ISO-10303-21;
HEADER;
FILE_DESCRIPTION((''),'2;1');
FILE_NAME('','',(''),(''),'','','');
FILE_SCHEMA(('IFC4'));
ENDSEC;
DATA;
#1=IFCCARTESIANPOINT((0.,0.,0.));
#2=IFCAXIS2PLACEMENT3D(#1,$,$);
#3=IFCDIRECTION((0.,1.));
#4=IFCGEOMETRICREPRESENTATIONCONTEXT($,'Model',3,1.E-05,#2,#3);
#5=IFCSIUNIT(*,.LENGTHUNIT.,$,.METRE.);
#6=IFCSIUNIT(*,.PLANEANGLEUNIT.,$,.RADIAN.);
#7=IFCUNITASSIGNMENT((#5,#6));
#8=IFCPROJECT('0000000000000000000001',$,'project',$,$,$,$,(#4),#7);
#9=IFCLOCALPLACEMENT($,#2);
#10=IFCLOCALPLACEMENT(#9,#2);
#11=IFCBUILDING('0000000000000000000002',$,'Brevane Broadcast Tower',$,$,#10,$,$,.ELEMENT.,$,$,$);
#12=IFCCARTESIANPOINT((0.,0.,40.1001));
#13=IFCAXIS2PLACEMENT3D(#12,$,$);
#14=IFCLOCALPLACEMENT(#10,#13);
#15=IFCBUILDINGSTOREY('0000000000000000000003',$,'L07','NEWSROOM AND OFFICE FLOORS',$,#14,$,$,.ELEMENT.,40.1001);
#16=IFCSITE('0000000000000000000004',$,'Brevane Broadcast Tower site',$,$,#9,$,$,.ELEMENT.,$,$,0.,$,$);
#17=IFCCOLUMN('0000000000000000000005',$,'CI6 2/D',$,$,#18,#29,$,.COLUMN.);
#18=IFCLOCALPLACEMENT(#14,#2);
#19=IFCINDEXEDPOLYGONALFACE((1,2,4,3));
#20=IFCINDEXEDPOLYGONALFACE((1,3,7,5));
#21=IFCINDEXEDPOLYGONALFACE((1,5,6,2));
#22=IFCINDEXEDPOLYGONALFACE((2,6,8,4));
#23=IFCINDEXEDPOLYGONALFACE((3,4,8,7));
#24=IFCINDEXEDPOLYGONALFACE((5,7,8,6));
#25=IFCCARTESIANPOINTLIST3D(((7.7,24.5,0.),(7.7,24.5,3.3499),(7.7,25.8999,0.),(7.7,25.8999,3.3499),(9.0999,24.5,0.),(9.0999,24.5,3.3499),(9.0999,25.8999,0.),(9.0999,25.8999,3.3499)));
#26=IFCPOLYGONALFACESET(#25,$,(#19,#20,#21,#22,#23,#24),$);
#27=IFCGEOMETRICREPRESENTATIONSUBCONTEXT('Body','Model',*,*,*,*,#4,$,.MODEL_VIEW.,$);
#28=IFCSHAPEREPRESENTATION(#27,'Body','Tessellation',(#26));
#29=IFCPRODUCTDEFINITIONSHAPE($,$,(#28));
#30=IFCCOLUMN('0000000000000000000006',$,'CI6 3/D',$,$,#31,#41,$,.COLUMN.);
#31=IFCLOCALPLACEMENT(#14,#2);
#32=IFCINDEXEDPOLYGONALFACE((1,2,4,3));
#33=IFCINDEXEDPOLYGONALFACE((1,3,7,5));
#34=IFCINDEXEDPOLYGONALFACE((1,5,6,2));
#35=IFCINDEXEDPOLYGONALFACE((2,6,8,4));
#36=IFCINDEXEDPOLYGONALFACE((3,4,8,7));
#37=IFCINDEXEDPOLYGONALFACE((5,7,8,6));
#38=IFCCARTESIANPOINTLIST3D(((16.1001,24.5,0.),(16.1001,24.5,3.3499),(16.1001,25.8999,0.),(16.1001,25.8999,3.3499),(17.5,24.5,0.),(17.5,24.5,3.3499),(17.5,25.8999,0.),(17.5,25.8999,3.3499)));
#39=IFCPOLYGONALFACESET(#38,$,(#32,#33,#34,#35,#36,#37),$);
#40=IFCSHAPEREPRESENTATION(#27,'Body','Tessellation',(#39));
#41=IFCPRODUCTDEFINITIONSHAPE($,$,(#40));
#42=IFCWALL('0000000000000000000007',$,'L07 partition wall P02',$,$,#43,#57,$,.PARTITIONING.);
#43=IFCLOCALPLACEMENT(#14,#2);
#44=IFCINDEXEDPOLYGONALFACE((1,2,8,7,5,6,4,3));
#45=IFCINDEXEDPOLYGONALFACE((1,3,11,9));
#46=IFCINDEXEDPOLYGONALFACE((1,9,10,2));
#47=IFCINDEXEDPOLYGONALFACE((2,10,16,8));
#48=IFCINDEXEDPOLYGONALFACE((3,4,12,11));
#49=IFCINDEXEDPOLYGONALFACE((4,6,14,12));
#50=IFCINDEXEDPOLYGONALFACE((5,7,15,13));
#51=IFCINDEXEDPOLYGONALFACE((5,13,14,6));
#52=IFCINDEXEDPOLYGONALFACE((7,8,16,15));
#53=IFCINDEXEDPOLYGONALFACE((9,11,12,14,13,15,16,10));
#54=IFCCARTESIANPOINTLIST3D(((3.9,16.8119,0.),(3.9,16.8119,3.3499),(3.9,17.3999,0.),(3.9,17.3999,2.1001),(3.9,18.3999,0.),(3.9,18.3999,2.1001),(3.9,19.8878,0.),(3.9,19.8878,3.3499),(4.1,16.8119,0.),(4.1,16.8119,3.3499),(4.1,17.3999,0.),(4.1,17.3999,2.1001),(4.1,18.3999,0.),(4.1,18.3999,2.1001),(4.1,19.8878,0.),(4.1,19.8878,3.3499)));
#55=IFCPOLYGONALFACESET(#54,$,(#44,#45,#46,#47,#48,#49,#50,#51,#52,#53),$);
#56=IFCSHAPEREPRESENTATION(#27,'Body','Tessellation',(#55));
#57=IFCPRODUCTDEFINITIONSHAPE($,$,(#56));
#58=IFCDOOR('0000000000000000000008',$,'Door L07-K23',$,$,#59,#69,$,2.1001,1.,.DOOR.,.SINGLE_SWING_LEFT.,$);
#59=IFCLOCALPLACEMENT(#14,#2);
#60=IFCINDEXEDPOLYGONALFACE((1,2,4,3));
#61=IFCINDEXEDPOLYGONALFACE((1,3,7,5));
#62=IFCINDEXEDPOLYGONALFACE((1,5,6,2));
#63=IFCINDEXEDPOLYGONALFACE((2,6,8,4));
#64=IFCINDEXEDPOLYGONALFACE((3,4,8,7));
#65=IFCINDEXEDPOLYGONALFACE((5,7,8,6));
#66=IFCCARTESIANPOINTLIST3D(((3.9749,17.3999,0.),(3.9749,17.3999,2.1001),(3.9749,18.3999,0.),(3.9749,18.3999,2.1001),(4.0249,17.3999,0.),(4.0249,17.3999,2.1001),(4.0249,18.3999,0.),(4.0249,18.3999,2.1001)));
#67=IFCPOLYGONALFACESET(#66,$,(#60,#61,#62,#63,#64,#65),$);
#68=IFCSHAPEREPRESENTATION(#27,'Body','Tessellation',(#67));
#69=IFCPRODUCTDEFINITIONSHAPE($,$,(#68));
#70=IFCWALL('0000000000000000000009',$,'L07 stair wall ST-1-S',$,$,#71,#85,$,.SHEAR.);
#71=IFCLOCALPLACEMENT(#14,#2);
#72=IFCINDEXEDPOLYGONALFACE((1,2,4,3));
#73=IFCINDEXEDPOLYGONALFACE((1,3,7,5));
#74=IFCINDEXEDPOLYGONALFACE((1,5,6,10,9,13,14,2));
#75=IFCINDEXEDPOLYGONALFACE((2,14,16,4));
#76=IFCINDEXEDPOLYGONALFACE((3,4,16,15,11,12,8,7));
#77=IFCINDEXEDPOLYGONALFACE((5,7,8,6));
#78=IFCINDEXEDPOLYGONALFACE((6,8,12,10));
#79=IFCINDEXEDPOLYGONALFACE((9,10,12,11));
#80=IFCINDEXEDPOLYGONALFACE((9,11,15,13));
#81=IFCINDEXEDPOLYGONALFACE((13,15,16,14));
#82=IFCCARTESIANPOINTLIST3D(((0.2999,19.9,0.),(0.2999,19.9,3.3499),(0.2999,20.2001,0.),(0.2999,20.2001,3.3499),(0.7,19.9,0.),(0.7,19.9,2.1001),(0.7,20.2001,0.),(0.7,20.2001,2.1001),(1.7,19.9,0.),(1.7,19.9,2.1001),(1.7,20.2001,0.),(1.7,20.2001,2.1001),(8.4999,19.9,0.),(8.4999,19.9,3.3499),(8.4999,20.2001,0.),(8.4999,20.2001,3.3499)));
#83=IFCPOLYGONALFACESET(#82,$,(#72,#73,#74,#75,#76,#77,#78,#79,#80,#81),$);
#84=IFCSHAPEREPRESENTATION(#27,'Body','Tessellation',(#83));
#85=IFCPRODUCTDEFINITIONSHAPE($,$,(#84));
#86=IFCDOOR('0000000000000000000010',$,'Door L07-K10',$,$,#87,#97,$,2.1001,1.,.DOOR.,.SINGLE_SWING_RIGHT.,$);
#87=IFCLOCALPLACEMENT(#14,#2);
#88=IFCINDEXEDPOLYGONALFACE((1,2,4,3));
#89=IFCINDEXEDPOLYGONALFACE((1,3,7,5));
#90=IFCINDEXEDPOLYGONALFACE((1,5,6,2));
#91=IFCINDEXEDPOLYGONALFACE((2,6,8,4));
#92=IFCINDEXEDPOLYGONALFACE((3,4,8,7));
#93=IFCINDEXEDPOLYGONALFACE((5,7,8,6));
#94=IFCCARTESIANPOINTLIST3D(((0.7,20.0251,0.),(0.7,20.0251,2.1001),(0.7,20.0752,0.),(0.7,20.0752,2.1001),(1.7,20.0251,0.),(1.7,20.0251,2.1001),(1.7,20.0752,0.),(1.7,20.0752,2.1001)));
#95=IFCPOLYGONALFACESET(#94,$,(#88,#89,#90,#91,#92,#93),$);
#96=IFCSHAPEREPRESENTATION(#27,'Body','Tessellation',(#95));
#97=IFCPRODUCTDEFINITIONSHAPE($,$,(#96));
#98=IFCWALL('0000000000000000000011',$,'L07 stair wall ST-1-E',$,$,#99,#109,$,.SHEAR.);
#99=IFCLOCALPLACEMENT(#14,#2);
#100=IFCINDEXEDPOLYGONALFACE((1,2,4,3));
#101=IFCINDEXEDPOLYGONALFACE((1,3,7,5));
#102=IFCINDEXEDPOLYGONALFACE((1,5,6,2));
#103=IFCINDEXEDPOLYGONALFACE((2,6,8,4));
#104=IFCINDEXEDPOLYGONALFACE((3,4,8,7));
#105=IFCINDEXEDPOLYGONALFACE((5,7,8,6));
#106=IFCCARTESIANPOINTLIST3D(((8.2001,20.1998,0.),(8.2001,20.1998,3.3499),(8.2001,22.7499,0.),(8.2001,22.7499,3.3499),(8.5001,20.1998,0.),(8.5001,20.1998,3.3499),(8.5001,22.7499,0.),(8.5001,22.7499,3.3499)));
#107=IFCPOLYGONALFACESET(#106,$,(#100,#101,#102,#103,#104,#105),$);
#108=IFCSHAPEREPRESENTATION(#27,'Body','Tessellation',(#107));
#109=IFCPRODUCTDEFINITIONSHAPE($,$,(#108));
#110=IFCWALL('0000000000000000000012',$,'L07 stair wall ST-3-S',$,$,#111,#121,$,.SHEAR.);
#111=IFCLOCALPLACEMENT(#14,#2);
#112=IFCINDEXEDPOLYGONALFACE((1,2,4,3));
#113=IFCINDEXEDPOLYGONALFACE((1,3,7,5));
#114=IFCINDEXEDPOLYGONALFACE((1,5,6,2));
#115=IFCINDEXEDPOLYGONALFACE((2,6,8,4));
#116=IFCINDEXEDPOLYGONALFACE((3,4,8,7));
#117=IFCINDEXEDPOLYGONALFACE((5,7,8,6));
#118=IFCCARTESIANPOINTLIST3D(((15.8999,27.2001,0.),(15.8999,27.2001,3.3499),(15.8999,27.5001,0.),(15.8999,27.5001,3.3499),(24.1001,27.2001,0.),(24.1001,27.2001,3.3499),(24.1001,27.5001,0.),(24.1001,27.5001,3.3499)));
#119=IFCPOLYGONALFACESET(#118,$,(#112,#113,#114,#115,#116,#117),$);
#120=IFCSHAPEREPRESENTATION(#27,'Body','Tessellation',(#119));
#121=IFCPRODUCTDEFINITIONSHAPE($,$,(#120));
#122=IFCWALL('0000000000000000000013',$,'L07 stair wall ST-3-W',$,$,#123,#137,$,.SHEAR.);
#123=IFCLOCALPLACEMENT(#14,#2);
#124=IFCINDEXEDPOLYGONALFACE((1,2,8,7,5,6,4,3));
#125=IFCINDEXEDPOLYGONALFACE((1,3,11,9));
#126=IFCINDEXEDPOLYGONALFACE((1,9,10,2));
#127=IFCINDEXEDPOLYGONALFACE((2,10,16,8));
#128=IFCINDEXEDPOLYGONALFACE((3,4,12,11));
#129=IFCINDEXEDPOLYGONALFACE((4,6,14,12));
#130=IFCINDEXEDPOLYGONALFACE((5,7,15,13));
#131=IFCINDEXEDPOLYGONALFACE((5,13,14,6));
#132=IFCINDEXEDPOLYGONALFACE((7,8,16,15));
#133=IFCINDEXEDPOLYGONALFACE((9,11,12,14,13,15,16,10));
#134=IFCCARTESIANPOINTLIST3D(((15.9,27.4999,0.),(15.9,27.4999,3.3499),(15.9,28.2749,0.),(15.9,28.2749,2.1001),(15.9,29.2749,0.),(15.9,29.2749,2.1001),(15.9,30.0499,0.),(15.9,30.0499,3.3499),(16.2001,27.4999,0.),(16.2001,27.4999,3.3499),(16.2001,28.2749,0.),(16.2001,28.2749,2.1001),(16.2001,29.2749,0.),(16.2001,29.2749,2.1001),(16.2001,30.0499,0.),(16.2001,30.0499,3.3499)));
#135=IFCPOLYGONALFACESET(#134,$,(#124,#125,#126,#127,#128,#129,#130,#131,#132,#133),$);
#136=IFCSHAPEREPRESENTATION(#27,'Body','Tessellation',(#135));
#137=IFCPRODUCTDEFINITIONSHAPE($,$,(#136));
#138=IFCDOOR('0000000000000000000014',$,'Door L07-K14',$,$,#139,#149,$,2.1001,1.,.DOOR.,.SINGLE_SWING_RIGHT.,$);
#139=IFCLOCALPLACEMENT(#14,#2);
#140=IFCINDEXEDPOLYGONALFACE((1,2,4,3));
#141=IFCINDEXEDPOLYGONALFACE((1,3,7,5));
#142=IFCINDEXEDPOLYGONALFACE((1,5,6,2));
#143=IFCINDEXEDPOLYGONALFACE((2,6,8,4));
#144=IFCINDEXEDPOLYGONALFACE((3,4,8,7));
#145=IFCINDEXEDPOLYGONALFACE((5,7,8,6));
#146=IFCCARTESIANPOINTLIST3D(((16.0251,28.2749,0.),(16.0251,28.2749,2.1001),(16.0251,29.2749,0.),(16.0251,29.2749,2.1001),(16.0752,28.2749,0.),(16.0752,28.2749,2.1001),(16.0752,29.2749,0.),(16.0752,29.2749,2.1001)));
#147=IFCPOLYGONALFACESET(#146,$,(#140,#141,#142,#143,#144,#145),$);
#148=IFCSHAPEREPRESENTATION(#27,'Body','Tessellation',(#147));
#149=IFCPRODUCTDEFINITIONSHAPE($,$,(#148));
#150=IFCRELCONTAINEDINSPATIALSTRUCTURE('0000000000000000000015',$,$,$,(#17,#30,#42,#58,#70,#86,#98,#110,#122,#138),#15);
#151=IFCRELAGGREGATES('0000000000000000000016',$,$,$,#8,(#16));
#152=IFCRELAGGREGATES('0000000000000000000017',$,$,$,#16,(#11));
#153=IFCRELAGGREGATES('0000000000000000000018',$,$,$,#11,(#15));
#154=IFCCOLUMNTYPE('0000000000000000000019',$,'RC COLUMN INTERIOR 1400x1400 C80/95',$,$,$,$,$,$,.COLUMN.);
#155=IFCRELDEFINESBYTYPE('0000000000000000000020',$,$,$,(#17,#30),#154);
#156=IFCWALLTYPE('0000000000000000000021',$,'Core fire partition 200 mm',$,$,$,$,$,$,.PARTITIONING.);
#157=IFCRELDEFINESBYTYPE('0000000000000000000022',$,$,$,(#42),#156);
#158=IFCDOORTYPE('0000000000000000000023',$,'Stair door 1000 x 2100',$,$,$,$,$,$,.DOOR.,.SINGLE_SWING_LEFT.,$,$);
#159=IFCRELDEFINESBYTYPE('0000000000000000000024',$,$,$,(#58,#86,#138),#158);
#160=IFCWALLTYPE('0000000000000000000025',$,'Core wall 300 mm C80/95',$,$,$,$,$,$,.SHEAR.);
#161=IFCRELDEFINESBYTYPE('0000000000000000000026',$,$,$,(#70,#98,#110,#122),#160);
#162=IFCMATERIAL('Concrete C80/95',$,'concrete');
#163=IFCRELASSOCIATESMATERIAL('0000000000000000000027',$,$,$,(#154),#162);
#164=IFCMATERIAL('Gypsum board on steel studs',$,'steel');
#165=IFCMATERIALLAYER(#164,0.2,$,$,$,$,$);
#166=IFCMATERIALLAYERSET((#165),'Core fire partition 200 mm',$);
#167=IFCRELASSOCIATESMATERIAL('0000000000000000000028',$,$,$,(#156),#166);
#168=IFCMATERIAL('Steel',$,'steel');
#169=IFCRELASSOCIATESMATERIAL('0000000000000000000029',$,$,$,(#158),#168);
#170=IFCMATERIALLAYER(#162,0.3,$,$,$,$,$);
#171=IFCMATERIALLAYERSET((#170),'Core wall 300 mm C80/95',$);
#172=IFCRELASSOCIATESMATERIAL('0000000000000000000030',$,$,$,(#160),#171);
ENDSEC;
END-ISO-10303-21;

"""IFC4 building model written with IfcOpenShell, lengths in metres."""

from ifc_helpers import new_model, si_unit, direction, frame, frame_2d, origin, origin_2d, place, context, subcontext, project, spatial, rectangle, extrude, material, layer, layer_set, material_profile, profile_set, type_object, element, fill, save


model = new_model("IFC4")

# Units and contexts
model_context = context("Model", 3, precision=1e-05, world=origin(), true_north=direction((0.0, 1.0)))
body_context = subcontext(model_context, "Body", "Model", "MODEL_VIEW")
ifc_project = project(units=[si_unit("LENGTHUNIT", "METRE"), si_unit("PLANEANGLEUNIT", "RADIAN")], contexts=[model_context])

# Site, building, storey
site_placement = place(None, origin())
site = spatial("IfcSite", under=ifc_project, at=site_placement, Name="Brevane Broadcast Tower site", CompositionType="ELEMENT", RefElevation=0.0)
building_placement = place(site_placement, origin())
building = spatial("IfcBuilding", under=site, at=building_placement, Name="Brevane Broadcast Tower", CompositionType="ELEMENT")
storey_placement = place(building_placement, frame((0.0, 0.0, 40.1001)))
storey = spatial("IfcBuildingStorey", under=building, at=storey_placement, Name="L07", Description="NEWSROOM AND OFFICE FLOORS", CompositionType="ELEMENT", Elevation=40.1001)

# Columns
ifc_material_1 = material(Name="Concrete C80/95", Category="concrete")
ifc_material_profile = material_profile(ifc_material_1, rectangle(XDim=1.3999, YDim=1.3999, at=origin_2d()), Name="RC 1400x1400")
ifc_profile_set = profile_set([ifc_material_profile], Name="Concrete C80/95")
column_type = type_object("IfcColumnType", Name="RC COLUMN INTERIOR 1400x1400 C80/95", PredefinedType="COLUMN", material=ifc_profile_set)
for number, where, z_axis, x_axis, name in (
    (1, (8.3999, 25.2, 0.0), (0.0, 0.0, 1.0), (1.0, 0.0, 0.0), "CI6 2/D"),
    (2, (16.8, 25.2, 0.0), (0.0, 0.0, 1.0), (1.0, 0.0, 0.0), "CI6 3/D"),
):
    element("IfcColumn", number, at=place(storey_placement, frame(where, z_axis=z_axis, x_axis=x_axis)), inside=storey, type_object=column_type, Name=name, PredefinedType="COLUMN", context=body_context, shape_type="SweptSolid", body=[
        extrude(rectangle(XDim=1.3999, YDim=1.3999, at=origin_2d()), origin(), (0.0, 0.0, 1.0), 3.3499),
    ])

# Walls, openings, doors
ifc_material_2 = material(Name="Gypsum board on steel studs", Category="steel")
ifc_layer_1 = layer(ifc_material_2, 0.2)
ifc_layer_set_1 = layer_set([ifc_layer_1], Name="Core fire partition 200 mm")
wall_type_1 = type_object("IfcWallType", Name="Core fire partition 200 mm", PredefinedType="PARTITIONING", material=ifc_layer_set_1)
wall_1_placement = place(storey_placement, frame((4.0, 19.8879, 0.0), z_axis=(0.0, 0.0, 1.0), x_axis=(0.0, -1.0, 0.0)))
wall_1 = element("IfcWall", 3, at=wall_1_placement, inside=storey, type_object=wall_type_1, Name="L07 partition wall P02", PredefinedType="PARTITIONING", context=body_context, shape_type="SweptSolid", body=[
    extrude(rectangle(XDim=3.0759, YDim=0.2, at=frame_2d((1.5381, 0.0))), origin(), (0.0, 0.0, 1.0), 3.3499),
])
opening_1_placement = place(wall_1_placement, frame((1.488, 0.0, 0.0)))
opening_1 = element("IfcOpeningElement", 4, at=opening_1_placement, cuts=wall_1, PredefinedType="OPENING", context=body_context, shape_type="SweptSolid", body=[
    extrude(rectangle(XDim=1.0, YDim=2.1001, at=frame_2d((0.5, 1.05))), frame((0.0, 0.1099, 0.0), z_axis=(0.0, -1.0, 0.0), x_axis=(1.0, 0.0, 0.0)), (0.0, 0.0, 1.0), 0.22),
])
ifc_material_3 = material(Name="Steel", Category="steel")
door_type_1 = type_object("IfcDoorType", Name="Stair door 1000 x 2100", OperationType="SINGLE_SWING_LEFT", PredefinedType="DOOR", material=ifc_material_3)
door_1_placement = place(opening_1_placement, origin())
door_1 = element("IfcDoor", 5, at=door_1_placement, inside=storey, type_object=door_type_1, Name="Door L07-K23", OperationType="SINGLE_SWING_LEFT", OverallHeight=2.1001, OverallWidth=1.0, PredefinedType="DOOR", context=body_context, shape_type="SweptSolid", body=[
    extrude(rectangle(XDim=1.0, YDim=2.1001, at=frame_2d((0.5, 1.05))), frame((0.0, 0.0249, 0.0), z_axis=(0.0, -1.0, 0.0), x_axis=(1.0, 0.0, 0.0)), (0.0, 0.0, 1.0), 0.05),
])
fill(opening_1, door_1)
ifc_layer_2 = layer(ifc_material_1, 0.3)
ifc_layer_set_2 = layer_set([ifc_layer_2], Name="Core wall 300 mm C80/95")
wall_type_2 = type_object("IfcWallType", Name="Core wall 300 mm C80/95", PredefinedType="SHEAR", material=ifc_layer_set_2)
wall_2_placement = place(storey_placement, frame((8.5, 20.05, 0.0), z_axis=(0.0, 0.0, 1.0), x_axis=(-1.0, 0.0, 0.0)))
wall_2 = element("IfcWall", 6, at=wall_2_placement, inside=storey, type_object=wall_type_2, Name="L07 stair wall ST-1-S", PredefinedType="SHEAR", context=body_context, shape_type="SweptSolid", body=[
    extrude(rectangle(XDim=8.2, YDim=0.3, at=frame_2d((4.1001, 0.0))), origin(), (0.0, 0.0, 1.0), 3.3499),
])
opening_2_placement = place(wall_2_placement, frame((6.8, 0.0, 0.0)))
opening_2 = element("IfcOpeningElement", 7, at=opening_2_placement, cuts=wall_2, PredefinedType="OPENING", context=body_context, shape_type="SweptSolid", body=[
    extrude(rectangle(XDim=1.0, YDim=2.1001, at=frame_2d((0.5, 1.05))), frame((0.0, 0.1599, 0.0), z_axis=(0.0, -1.0, 0.0), x_axis=(1.0, 0.0, 0.0)), (0.0, 0.0, 1.0), 0.3201),
])
door_2_placement = place(opening_2_placement, origin())
door_2 = element("IfcDoor", 8, at=door_2_placement, inside=storey, type_object=door_type_1, Name="Door L07-K10", OperationType="SINGLE_SWING_RIGHT", OverallHeight=2.1001, OverallWidth=1.0, PredefinedType="DOOR", context=body_context, shape_type="SweptSolid", body=[
    extrude(rectangle(XDim=1.0, YDim=2.1001, at=frame_2d((0.5, 1.05))), frame((0.0, 0.0249, 0.0), z_axis=(0.0, -1.0, 0.0), x_axis=(1.0, 0.0, 0.0)), (0.0, 0.0, 1.0), 0.05),
])
fill(opening_2, door_2)

# Walls
wall_3_placement = place(storey_placement, frame((8.3501, 20.2, 0.0), z_axis=(0.0, 0.0, 1.0), x_axis=(0.0, 1.0, 0.0)))
element("IfcWall", 9, at=wall_3_placement, inside=storey, type_object=wall_type_2, Name="L07 stair wall ST-1-E", PredefinedType="SHEAR", context=body_context, shape_type="SweptSolid", body=[
    extrude(rectangle(XDim=2.55, YDim=0.3, at=frame_2d((1.2749, 0.0))), origin(), (0.0, 0.0, 1.0), 3.3499),
])
wall_4_placement = place(storey_placement, frame((15.8999, 27.3501, 0.0), z_axis=(0.0, 0.0, 1.0), x_axis=(1.0, 0.0, 0.0)))
element("IfcWall", 10, at=wall_4_placement, inside=storey, type_object=wall_type_2, Name="L07 stair wall ST-3-S", PredefinedType="SHEAR", context=body_context, shape_type="SweptSolid", body=[
    extrude(rectangle(XDim=8.2002, YDim=0.3, at=frame_2d((4.1001, 0.0))), origin(), (0.0, 0.0, 1.0), 3.3499),
])

# Wall, opening, door
wall_5_placement = place(storey_placement, frame((16.05, 27.5, 0.0), z_axis=(0.0, 0.0, 1.0), x_axis=(0.0, 1.0, 0.0)))
wall_5 = element("IfcWall", 11, at=wall_5_placement, inside=storey, type_object=wall_type_2, Name="L07 stair wall ST-3-W", PredefinedType="SHEAR", context=body_context, shape_type="SweptSolid", body=[
    extrude(rectangle(XDim=2.55, YDim=0.3, at=frame_2d((1.2749, 0.0))), origin(), (0.0, 0.0, 1.0), 3.3499),
])
opening_3_placement = place(wall_5_placement, frame((0.7749, 0.0, 0.0)))
opening_3 = element("IfcOpeningElement", 12, at=opening_3_placement, cuts=wall_5, PredefinedType="OPENING", context=body_context, shape_type="SweptSolid", body=[
    extrude(rectangle(XDim=1.0, YDim=2.1001, at=frame_2d((0.5, 1.05))), frame((0.0, 0.1599, 0.0), z_axis=(0.0, -1.0, 0.0), x_axis=(1.0, 0.0, 0.0)), (0.0, 0.0, 1.0), 0.3201),
])
door_3_placement = place(opening_3_placement, origin())
door_3 = element("IfcDoor", 13, at=door_3_placement, inside=storey, type_object=door_type_1, Name="Door L07-K14", OperationType="SINGLE_SWING_RIGHT", OverallHeight=2.1001, OverallWidth=1.0, PredefinedType="DOOR", context=body_context, shape_type="SweptSolid", body=[
    extrude(rectangle(XDim=1.0, YDim=2.1001, at=frame_2d((0.5, 1.05))), frame((0.0, 0.0249, 0.0), z_axis=(0.0, -1.0, 0.0), x_axis=(1.0, 0.0, 0.0)), (0.0, 0.0, 1.0), 0.05),
])
fill(opening_3, door_3)

save(model, "model.ifc")
